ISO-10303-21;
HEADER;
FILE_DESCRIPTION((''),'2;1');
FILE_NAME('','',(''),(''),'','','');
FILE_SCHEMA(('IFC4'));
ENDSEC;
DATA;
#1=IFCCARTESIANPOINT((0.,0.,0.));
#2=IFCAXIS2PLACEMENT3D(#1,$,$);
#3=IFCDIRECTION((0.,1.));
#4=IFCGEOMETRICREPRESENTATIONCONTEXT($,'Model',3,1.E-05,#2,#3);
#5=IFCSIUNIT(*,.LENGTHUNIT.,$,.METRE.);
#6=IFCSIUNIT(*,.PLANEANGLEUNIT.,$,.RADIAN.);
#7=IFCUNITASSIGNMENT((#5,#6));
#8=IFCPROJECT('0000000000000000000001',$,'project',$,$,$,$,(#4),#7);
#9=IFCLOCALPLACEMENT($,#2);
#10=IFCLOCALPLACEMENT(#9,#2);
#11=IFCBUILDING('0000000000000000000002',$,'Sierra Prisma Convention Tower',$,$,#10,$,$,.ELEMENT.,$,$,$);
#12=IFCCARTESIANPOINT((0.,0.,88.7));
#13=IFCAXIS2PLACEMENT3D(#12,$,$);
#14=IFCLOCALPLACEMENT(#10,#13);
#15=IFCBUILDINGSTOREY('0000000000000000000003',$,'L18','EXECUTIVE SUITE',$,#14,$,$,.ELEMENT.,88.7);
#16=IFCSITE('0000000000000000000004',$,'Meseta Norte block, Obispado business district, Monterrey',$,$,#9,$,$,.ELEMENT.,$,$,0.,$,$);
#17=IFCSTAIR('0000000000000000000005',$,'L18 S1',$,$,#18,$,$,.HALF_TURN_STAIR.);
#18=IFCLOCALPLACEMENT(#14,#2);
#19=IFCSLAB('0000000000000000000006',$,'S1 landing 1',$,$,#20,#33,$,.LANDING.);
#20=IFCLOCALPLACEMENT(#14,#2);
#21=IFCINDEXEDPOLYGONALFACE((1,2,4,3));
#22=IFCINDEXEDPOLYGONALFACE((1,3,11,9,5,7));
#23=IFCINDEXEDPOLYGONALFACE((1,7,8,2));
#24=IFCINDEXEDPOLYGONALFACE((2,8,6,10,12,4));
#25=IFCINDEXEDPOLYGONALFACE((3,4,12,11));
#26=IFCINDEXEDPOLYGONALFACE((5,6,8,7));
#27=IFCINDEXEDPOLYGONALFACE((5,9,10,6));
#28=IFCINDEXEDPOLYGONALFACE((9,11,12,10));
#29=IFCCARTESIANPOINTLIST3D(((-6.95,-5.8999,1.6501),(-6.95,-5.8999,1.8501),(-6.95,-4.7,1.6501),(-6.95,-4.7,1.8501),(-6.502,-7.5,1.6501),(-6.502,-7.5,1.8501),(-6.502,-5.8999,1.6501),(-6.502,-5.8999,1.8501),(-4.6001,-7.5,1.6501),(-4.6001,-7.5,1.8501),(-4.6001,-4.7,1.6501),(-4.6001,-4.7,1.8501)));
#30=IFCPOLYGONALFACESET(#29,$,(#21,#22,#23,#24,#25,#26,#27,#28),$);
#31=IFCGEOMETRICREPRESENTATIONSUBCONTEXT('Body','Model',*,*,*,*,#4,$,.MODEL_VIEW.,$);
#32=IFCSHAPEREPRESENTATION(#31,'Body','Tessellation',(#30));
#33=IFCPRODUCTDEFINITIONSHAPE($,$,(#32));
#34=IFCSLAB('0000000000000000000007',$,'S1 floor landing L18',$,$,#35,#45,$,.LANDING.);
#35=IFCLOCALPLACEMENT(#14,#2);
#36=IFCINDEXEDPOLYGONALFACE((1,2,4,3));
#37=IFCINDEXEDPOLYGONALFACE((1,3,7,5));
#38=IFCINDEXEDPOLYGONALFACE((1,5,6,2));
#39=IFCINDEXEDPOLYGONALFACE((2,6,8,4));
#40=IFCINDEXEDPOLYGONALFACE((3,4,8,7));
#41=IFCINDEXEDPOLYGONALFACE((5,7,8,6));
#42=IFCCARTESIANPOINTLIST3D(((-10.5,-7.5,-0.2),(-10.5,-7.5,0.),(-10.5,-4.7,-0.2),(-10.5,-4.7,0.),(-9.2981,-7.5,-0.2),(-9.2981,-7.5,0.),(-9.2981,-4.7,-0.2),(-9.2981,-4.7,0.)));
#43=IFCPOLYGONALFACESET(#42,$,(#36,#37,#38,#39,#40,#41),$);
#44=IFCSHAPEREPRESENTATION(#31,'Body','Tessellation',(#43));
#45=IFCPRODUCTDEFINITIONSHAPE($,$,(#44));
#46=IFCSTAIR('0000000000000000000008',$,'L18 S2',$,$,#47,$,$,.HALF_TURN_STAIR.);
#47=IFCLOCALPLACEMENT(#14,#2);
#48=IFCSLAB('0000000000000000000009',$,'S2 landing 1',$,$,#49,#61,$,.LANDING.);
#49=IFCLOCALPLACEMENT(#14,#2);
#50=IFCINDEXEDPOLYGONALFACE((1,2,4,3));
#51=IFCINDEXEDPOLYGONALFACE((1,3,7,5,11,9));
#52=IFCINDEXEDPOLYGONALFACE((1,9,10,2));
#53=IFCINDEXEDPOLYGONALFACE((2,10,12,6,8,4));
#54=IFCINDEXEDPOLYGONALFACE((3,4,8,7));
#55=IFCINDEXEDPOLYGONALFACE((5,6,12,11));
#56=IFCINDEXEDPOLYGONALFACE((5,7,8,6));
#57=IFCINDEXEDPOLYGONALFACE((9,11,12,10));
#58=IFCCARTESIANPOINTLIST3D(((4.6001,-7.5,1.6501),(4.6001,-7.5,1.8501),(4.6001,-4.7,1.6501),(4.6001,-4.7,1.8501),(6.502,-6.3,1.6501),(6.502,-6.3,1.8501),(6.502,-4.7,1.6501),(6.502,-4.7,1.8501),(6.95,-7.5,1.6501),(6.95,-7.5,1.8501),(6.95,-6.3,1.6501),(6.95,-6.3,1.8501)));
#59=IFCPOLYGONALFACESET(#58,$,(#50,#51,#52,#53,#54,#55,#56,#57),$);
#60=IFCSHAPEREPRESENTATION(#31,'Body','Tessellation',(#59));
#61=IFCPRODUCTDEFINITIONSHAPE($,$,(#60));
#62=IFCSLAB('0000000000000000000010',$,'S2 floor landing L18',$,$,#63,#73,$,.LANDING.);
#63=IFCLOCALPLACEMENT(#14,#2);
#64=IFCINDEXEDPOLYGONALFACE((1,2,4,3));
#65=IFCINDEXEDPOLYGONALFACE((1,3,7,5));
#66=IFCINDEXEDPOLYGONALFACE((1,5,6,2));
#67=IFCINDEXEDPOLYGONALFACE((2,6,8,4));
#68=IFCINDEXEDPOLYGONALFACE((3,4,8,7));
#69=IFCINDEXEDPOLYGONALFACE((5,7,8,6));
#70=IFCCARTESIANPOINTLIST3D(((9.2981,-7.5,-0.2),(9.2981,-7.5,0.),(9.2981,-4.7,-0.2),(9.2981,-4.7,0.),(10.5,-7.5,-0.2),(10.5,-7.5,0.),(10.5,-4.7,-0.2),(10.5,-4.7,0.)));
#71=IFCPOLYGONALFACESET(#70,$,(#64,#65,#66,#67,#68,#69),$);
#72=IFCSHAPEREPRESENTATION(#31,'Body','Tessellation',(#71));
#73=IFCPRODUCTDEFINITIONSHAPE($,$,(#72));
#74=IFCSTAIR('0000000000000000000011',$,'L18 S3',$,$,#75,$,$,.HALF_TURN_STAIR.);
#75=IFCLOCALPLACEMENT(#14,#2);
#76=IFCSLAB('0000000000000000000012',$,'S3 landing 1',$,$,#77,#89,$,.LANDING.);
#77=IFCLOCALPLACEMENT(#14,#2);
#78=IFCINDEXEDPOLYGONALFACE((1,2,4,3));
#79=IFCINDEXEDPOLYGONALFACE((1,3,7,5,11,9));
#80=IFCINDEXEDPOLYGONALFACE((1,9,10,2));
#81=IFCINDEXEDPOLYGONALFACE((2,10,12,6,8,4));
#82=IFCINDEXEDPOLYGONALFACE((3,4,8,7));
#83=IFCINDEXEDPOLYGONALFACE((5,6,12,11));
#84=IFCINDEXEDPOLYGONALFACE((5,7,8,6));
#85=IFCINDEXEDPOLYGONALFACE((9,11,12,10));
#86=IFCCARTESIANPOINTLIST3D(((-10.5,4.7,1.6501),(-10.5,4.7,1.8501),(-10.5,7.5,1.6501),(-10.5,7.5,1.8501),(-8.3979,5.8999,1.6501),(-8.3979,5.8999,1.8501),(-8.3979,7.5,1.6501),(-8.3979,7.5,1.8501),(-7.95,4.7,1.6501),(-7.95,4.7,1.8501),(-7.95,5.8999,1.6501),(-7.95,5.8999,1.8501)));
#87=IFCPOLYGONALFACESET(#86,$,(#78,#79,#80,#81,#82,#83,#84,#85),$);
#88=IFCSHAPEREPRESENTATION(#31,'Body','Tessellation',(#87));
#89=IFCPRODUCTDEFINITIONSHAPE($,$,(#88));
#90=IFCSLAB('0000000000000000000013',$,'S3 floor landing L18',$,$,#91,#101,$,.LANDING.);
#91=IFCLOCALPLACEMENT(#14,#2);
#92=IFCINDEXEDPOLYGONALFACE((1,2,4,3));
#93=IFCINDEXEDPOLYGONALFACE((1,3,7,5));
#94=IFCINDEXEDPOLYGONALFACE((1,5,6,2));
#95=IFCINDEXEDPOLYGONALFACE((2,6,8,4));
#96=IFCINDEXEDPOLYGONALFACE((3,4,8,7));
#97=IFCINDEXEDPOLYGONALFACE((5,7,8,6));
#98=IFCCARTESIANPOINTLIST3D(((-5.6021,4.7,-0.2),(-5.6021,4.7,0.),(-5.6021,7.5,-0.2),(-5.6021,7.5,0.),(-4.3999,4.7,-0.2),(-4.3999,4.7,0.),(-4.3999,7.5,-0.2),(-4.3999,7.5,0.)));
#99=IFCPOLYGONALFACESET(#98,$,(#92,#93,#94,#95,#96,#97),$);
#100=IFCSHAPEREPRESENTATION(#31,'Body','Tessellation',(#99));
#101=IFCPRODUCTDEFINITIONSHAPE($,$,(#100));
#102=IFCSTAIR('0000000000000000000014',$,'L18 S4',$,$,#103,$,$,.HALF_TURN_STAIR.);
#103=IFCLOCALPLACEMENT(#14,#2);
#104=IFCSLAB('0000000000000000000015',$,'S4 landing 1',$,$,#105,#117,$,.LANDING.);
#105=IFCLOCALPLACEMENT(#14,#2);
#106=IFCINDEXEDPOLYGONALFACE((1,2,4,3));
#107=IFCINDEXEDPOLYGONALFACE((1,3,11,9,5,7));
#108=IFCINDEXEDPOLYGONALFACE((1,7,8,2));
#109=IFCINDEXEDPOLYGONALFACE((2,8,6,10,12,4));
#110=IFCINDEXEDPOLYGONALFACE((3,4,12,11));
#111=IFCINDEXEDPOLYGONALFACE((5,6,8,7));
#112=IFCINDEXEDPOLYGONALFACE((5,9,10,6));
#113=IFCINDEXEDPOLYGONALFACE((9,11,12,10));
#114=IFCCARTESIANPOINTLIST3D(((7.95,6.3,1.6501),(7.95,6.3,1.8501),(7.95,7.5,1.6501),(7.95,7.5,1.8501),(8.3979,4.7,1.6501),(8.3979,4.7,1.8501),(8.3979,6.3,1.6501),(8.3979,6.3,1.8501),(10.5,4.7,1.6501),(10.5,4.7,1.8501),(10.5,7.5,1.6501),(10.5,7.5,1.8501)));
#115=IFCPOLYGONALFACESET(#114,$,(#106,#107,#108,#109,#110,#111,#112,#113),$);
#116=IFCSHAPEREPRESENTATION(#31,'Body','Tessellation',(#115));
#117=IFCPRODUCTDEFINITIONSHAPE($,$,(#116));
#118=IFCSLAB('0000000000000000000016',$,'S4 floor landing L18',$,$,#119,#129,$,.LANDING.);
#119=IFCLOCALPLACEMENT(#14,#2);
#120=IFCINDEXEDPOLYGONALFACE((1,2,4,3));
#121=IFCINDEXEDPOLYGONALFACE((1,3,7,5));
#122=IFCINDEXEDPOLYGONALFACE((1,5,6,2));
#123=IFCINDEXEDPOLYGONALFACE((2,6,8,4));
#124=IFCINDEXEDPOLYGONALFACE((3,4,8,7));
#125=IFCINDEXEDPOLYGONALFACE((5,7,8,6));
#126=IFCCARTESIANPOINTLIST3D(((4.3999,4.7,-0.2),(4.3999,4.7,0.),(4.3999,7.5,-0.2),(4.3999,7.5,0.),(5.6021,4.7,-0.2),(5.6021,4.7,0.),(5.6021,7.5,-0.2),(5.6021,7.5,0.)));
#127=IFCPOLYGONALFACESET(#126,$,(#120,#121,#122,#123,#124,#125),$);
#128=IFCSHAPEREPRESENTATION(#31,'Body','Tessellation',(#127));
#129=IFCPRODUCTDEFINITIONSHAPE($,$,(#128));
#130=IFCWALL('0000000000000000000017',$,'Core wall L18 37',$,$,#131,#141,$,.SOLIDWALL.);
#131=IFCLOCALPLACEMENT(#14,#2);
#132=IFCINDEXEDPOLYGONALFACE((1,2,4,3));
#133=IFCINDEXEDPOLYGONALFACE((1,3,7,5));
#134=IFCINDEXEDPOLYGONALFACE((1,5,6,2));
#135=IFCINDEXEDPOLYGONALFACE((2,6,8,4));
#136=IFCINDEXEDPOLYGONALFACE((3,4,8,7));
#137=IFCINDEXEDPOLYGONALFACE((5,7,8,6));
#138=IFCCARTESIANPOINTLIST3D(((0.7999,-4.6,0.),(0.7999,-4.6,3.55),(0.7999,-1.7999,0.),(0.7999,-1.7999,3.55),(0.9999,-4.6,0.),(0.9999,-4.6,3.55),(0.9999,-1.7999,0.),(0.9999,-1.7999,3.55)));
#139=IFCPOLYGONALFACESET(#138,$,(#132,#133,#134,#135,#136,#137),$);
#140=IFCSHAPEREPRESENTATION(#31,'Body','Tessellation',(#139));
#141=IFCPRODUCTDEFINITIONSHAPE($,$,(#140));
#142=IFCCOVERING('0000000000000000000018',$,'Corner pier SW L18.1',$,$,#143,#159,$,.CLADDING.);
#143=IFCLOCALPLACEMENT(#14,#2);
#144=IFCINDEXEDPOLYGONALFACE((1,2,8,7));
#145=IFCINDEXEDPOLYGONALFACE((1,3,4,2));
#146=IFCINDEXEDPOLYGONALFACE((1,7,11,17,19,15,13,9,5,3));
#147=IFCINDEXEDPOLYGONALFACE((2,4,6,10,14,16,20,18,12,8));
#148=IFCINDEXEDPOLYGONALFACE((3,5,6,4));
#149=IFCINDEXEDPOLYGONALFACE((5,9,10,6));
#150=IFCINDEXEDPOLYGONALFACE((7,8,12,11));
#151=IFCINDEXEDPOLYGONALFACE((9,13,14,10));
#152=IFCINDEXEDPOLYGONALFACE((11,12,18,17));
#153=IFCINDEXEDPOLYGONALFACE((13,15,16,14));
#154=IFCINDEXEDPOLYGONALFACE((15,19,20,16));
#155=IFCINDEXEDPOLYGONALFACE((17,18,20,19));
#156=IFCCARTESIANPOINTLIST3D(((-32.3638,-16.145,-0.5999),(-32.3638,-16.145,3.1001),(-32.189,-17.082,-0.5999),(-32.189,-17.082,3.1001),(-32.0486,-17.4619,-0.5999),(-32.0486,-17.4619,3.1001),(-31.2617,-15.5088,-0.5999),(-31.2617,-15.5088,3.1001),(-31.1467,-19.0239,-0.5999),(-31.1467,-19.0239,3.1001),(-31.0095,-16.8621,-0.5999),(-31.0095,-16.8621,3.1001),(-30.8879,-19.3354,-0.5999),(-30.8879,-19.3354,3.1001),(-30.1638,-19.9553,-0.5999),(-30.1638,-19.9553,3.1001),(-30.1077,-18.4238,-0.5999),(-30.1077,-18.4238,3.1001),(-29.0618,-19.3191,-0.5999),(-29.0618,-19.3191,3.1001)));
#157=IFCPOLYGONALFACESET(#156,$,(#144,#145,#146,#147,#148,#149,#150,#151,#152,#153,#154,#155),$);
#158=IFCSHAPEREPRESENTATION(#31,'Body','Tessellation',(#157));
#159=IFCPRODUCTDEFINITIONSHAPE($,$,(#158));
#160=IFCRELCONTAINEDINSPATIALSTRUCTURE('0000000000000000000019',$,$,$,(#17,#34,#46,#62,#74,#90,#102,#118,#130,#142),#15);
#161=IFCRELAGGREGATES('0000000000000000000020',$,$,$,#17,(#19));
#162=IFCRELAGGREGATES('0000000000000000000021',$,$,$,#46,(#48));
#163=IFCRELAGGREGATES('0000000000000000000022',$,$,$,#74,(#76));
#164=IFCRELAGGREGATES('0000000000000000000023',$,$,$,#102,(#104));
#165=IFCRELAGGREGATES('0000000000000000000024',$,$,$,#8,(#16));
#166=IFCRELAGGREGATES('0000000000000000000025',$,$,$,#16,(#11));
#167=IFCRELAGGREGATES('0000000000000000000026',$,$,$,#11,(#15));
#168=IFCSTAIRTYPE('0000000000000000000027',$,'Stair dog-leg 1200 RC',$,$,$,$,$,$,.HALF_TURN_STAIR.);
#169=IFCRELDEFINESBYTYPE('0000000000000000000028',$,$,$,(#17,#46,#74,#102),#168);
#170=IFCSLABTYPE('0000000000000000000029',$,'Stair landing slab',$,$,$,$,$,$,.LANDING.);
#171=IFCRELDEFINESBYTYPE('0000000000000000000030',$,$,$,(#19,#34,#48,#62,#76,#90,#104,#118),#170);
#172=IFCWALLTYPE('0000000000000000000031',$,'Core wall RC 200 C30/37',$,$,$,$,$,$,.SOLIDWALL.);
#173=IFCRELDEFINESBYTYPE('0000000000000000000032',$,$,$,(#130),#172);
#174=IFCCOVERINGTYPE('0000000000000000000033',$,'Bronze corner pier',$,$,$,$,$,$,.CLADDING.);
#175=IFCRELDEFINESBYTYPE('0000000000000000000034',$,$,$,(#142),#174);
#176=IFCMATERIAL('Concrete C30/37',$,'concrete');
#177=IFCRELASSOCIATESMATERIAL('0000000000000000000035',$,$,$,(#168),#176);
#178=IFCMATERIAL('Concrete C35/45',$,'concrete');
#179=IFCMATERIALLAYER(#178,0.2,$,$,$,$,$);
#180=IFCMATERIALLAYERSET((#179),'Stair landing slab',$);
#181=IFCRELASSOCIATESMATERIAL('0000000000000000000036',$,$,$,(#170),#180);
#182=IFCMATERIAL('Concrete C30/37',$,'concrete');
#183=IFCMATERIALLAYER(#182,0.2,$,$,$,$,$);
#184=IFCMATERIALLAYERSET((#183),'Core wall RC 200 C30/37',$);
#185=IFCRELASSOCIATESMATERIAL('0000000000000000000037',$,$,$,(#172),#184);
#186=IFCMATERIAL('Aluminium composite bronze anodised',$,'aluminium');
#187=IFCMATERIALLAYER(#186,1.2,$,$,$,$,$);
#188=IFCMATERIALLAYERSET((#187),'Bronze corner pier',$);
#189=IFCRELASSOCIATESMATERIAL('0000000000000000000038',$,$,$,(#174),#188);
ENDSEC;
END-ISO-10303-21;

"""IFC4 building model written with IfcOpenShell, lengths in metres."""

from ifc_helpers import new_model, si_unit, direction, frame, frame_2d, origin, place, context, subcontext, project, spatial, polyline, rectangle, outline, extrude, material, layer, layer_set, type_object, element, aggregate, save


model = new_model("IFC4")

# Units and contexts
model_context = context("Model", 3, precision=1e-05, world=origin(), true_north=direction((0.0, 1.0)))
body_context = subcontext(model_context, "Body", "Model", "MODEL_VIEW")
ifc_project = project(units=[si_unit("LENGTHUNIT", "METRE"), si_unit("PLANEANGLEUNIT", "RADIAN")], contexts=[model_context])

# Site, building, storey
site_placement = place(None, origin())
site = spatial("IfcSite", under=ifc_project, at=site_placement, Name="Meseta Norte block, Obispado business district, Monterrey", CompositionType="ELEMENT", RefElevation=0.0)
building_placement = place(site_placement, origin())
building = spatial("IfcBuilding", under=site, at=building_placement, Name="Sierra Prisma Convention Tower", CompositionType="ELEMENT")
storey_placement = place(building_placement, frame((0.0, 0.0, 88.7)))
storey = spatial("IfcBuildingStorey", under=building, at=storey_placement, Name="L18", Description="EXECUTIVE SUITE", CompositionType="ELEMENT", Elevation=88.7)

# Stair, slab
ifc_material_1 = material(Name="Concrete C30/37", Category="concrete")
stair_type = type_object("IfcStairType", Name="Stair dog-leg 1200 RC", PredefinedType="HALF_TURN_STAIR", material=ifc_material_1)
stair_1_placement = place(storey_placement, origin())
stair_1 = element("IfcStair", 1, at=stair_1_placement, inside=storey, type_object=stair_type, Name="L18 S1", PredefinedType="HALF_TURN_STAIR")
ifc_material_2 = material(Name="Concrete C35/45", Category="concrete")
ifc_layer_1 = layer(ifc_material_2, 0.2)
ifc_layer_set_1 = layer_set([ifc_layer_1], Name="Stair landing slab")
slab_type = type_object("IfcSlabType", Name="Stair landing slab", PredefinedType="LANDING", material=ifc_layer_set_1)
slab_1_placement = place(storey_placement, frame((0.0, 0.0, 1.6501)))
slab_1 = element("IfcSlab", 2, at=slab_1_placement, type_object=slab_type, Name="S1 landing 1", PredefinedType="LANDING", context=body_context, shape_type="SweptSolid", body=[
    extrude(outline(polyline([(-4.6001, -4.7), (-4.6001, -7.5), (-6.502, -7.5), (-6.502, -5.8999), (-6.95, -5.8999), (-6.95, -4.7), (-4.6001, -4.7)])), origin(), (0.0, 0.0, 1.0), 0.2),
])
aggregate(stair_1, [slab_1])

# Slab
slab_2_placement = place(storey_placement, frame((0.0, 0.0, -0.2)))
element("IfcSlab", 3, at=slab_2_placement, inside=storey, type_object=slab_type, Name="S1 floor landing L18", PredefinedType="LANDING", context=body_context, shape_type="SweptSolid", body=[
    extrude(outline(polyline([(-10.5, -7.5), (-9.2981, -7.5), (-9.2981, -4.7), (-10.5, -4.7), (-10.5, -7.5)])), origin(), (0.0, 0.0, 1.0), 0.2),
])

# Stair, slab
stair_2_placement = place(storey_placement, origin())
stair_2 = element("IfcStair", 4, at=stair_2_placement, inside=storey, type_object=stair_type, Name="L18 S2", PredefinedType="HALF_TURN_STAIR")
slab_3_placement = place(storey_placement, frame((0.0, 0.0, 1.6501)))
slab_3 = element("IfcSlab", 5, at=slab_3_placement, type_object=slab_type, Name="S2 landing 1", PredefinedType="LANDING", context=body_context, shape_type="SweptSolid", body=[
    extrude(outline(polyline([(6.95, -6.3), (6.95, -7.5), (4.6001, -7.5), (4.6001, -4.7), (6.502, -4.7), (6.502, -6.3), (6.95, -6.3)])), origin(), (0.0, 0.0, 1.0), 0.2),
])
aggregate(stair_2, [slab_3])

# Slab
slab_4_placement = place(storey_placement, frame((0.0, 0.0, -0.2)))
element("IfcSlab", 6, at=slab_4_placement, inside=storey, type_object=slab_type, Name="S2 floor landing L18", PredefinedType="LANDING", context=body_context, shape_type="SweptSolid", body=[
    extrude(outline(polyline([(10.5, -4.7), (9.2981, -4.7), (9.2981, -7.5), (10.5, -7.5), (10.5, -4.7)])), origin(), (0.0, 0.0, 1.0), 0.2),
])

# Stair, slab
stair_3_placement = place(storey_placement, origin())
stair_3 = element("IfcStair", 7, at=stair_3_placement, inside=storey, type_object=stair_type, Name="L18 S3", PredefinedType="HALF_TURN_STAIR")
slab_5_placement = place(storey_placement, frame((0.0, 0.0, 1.6501)))
slab_5 = element("IfcSlab", 8, at=slab_5_placement, type_object=slab_type, Name="S3 landing 1", PredefinedType="LANDING", context=body_context, shape_type="SweptSolid", body=[
    extrude(outline(polyline([(-7.95, 5.8999), (-7.95, 4.7), (-10.5, 4.7), (-10.5, 7.5), (-8.3979, 7.5), (-8.3979, 5.8999), (-7.95, 5.8999)])), origin(), (0.0, 0.0, 1.0), 0.2),
])
aggregate(stair_3, [slab_5])

# Slab
slab_6_placement = place(storey_placement, frame((0.0, 0.0, -0.2)))
element("IfcSlab", 9, at=slab_6_placement, inside=storey, type_object=slab_type, Name="S3 floor landing L18", PredefinedType="LANDING", context=body_context, shape_type="SweptSolid", body=[
    extrude(outline(polyline([(-4.3999, 7.5), (-5.6021, 7.5), (-5.6021, 4.7), (-4.3999, 4.7), (-4.3999, 7.5)])), origin(), (0.0, 0.0, 1.0), 0.2),
])

# Stair, slab
stair_4_placement = place(storey_placement, origin())
stair_4 = element("IfcStair", 10, at=stair_4_placement, inside=storey, type_object=stair_type, Name="L18 S4", PredefinedType="HALF_TURN_STAIR")
slab_7_placement = place(storey_placement, frame((0.0, 0.0, 1.6501)))
slab_7 = element("IfcSlab", 11, at=slab_7_placement, type_object=slab_type, Name="S4 landing 1", PredefinedType="LANDING", context=body_context, shape_type="SweptSolid", body=[
    extrude(outline(polyline([(10.5, 7.5), (10.5, 4.7), (8.3979, 4.7), (8.3979, 6.3), (7.95, 6.3), (7.95, 7.5), (10.5, 7.5)])), origin(), (0.0, 0.0, 1.0), 0.2),
])
aggregate(stair_4, [slab_7])

# Slab
slab_8_placement = place(storey_placement, frame((0.0, 0.0, -0.2)))
element("IfcSlab", 12, at=slab_8_placement, inside=storey, type_object=slab_type, Name="S4 floor landing L18", PredefinedType="LANDING", context=body_context, shape_type="SweptSolid", body=[
    extrude(outline(polyline([(4.3999, 4.7), (5.6021, 4.7), (5.6021, 7.5), (4.3999, 7.5), (4.3999, 4.7)])), origin(), (0.0, 0.0, 1.0), 0.2),
])

# Shared definitions
ifc_material_3 = material(Name="Concrete C30/37", Category="concrete")
ifc_layer_2 = layer(ifc_material_3, 0.2)
ifc_layer_set_2 = layer_set([ifc_layer_2], Name="Core wall RC 200 C30/37")
wall_type = type_object("IfcWallType", Name="Core wall RC 200 C30/37", PredefinedType="SOLIDWALL", material=ifc_layer_set_2)

# Wall
wall_1_placement = place(storey_placement, frame((0.8999, -1.8, 0.0), z_axis=(0.0, 0.0, 1.0), x_axis=(0.0, -1.0, 0.0)))
element("IfcWall", 13, at=wall_1_placement, inside=storey, type_object=wall_type, Name="Core wall L18 37", PredefinedType="SOLIDWALL", context=body_context, shape_type="SweptSolid", body=[
    extrude(rectangle(XDim=2.8, YDim=0.2, at=frame_2d((1.3999, 0.0))), origin(), (0.0, 0.0, 1.0), 3.55),
])

# Covering
ifc_material_4 = material(Name="Aluminium composite bronze anodised", Category="aluminium")
ifc_layer_3 = layer(ifc_material_4, 1.2)
ifc_layer_set_3 = layer_set([ifc_layer_3], Name="Bronze corner pier")
covering_type = type_object("IfcCoveringType", Name="Bronze corner pier", PredefinedType="CLADDING", material=ifc_layer_set_3)
covering_placement = place(storey_placement, frame((0.0, 0.0, -0.5999)))
element("IfcCovering", 14, at=covering_placement, inside=storey, type_object=covering_type, Name="Corner pier SW L18.1", PredefinedType="CLADDING", context=body_context, shape_type="SweptSolid", body=[
    extrude(outline(polyline([(-30.8879, -19.3354), (-31.1467, -19.0239), (-32.0486, -17.4619), (-32.189, -17.082), (-32.3638, -16.145), (-31.2617, -15.5088), (-31.0095, -16.8621), (-30.1077, -18.4238), (-29.0618, -19.3191), (-30.1638, -19.9553), (-30.8879, -19.3354)])), origin(), (0.0, 0.0, 1.0), 3.7),
])

save(model, "model.ifc")
